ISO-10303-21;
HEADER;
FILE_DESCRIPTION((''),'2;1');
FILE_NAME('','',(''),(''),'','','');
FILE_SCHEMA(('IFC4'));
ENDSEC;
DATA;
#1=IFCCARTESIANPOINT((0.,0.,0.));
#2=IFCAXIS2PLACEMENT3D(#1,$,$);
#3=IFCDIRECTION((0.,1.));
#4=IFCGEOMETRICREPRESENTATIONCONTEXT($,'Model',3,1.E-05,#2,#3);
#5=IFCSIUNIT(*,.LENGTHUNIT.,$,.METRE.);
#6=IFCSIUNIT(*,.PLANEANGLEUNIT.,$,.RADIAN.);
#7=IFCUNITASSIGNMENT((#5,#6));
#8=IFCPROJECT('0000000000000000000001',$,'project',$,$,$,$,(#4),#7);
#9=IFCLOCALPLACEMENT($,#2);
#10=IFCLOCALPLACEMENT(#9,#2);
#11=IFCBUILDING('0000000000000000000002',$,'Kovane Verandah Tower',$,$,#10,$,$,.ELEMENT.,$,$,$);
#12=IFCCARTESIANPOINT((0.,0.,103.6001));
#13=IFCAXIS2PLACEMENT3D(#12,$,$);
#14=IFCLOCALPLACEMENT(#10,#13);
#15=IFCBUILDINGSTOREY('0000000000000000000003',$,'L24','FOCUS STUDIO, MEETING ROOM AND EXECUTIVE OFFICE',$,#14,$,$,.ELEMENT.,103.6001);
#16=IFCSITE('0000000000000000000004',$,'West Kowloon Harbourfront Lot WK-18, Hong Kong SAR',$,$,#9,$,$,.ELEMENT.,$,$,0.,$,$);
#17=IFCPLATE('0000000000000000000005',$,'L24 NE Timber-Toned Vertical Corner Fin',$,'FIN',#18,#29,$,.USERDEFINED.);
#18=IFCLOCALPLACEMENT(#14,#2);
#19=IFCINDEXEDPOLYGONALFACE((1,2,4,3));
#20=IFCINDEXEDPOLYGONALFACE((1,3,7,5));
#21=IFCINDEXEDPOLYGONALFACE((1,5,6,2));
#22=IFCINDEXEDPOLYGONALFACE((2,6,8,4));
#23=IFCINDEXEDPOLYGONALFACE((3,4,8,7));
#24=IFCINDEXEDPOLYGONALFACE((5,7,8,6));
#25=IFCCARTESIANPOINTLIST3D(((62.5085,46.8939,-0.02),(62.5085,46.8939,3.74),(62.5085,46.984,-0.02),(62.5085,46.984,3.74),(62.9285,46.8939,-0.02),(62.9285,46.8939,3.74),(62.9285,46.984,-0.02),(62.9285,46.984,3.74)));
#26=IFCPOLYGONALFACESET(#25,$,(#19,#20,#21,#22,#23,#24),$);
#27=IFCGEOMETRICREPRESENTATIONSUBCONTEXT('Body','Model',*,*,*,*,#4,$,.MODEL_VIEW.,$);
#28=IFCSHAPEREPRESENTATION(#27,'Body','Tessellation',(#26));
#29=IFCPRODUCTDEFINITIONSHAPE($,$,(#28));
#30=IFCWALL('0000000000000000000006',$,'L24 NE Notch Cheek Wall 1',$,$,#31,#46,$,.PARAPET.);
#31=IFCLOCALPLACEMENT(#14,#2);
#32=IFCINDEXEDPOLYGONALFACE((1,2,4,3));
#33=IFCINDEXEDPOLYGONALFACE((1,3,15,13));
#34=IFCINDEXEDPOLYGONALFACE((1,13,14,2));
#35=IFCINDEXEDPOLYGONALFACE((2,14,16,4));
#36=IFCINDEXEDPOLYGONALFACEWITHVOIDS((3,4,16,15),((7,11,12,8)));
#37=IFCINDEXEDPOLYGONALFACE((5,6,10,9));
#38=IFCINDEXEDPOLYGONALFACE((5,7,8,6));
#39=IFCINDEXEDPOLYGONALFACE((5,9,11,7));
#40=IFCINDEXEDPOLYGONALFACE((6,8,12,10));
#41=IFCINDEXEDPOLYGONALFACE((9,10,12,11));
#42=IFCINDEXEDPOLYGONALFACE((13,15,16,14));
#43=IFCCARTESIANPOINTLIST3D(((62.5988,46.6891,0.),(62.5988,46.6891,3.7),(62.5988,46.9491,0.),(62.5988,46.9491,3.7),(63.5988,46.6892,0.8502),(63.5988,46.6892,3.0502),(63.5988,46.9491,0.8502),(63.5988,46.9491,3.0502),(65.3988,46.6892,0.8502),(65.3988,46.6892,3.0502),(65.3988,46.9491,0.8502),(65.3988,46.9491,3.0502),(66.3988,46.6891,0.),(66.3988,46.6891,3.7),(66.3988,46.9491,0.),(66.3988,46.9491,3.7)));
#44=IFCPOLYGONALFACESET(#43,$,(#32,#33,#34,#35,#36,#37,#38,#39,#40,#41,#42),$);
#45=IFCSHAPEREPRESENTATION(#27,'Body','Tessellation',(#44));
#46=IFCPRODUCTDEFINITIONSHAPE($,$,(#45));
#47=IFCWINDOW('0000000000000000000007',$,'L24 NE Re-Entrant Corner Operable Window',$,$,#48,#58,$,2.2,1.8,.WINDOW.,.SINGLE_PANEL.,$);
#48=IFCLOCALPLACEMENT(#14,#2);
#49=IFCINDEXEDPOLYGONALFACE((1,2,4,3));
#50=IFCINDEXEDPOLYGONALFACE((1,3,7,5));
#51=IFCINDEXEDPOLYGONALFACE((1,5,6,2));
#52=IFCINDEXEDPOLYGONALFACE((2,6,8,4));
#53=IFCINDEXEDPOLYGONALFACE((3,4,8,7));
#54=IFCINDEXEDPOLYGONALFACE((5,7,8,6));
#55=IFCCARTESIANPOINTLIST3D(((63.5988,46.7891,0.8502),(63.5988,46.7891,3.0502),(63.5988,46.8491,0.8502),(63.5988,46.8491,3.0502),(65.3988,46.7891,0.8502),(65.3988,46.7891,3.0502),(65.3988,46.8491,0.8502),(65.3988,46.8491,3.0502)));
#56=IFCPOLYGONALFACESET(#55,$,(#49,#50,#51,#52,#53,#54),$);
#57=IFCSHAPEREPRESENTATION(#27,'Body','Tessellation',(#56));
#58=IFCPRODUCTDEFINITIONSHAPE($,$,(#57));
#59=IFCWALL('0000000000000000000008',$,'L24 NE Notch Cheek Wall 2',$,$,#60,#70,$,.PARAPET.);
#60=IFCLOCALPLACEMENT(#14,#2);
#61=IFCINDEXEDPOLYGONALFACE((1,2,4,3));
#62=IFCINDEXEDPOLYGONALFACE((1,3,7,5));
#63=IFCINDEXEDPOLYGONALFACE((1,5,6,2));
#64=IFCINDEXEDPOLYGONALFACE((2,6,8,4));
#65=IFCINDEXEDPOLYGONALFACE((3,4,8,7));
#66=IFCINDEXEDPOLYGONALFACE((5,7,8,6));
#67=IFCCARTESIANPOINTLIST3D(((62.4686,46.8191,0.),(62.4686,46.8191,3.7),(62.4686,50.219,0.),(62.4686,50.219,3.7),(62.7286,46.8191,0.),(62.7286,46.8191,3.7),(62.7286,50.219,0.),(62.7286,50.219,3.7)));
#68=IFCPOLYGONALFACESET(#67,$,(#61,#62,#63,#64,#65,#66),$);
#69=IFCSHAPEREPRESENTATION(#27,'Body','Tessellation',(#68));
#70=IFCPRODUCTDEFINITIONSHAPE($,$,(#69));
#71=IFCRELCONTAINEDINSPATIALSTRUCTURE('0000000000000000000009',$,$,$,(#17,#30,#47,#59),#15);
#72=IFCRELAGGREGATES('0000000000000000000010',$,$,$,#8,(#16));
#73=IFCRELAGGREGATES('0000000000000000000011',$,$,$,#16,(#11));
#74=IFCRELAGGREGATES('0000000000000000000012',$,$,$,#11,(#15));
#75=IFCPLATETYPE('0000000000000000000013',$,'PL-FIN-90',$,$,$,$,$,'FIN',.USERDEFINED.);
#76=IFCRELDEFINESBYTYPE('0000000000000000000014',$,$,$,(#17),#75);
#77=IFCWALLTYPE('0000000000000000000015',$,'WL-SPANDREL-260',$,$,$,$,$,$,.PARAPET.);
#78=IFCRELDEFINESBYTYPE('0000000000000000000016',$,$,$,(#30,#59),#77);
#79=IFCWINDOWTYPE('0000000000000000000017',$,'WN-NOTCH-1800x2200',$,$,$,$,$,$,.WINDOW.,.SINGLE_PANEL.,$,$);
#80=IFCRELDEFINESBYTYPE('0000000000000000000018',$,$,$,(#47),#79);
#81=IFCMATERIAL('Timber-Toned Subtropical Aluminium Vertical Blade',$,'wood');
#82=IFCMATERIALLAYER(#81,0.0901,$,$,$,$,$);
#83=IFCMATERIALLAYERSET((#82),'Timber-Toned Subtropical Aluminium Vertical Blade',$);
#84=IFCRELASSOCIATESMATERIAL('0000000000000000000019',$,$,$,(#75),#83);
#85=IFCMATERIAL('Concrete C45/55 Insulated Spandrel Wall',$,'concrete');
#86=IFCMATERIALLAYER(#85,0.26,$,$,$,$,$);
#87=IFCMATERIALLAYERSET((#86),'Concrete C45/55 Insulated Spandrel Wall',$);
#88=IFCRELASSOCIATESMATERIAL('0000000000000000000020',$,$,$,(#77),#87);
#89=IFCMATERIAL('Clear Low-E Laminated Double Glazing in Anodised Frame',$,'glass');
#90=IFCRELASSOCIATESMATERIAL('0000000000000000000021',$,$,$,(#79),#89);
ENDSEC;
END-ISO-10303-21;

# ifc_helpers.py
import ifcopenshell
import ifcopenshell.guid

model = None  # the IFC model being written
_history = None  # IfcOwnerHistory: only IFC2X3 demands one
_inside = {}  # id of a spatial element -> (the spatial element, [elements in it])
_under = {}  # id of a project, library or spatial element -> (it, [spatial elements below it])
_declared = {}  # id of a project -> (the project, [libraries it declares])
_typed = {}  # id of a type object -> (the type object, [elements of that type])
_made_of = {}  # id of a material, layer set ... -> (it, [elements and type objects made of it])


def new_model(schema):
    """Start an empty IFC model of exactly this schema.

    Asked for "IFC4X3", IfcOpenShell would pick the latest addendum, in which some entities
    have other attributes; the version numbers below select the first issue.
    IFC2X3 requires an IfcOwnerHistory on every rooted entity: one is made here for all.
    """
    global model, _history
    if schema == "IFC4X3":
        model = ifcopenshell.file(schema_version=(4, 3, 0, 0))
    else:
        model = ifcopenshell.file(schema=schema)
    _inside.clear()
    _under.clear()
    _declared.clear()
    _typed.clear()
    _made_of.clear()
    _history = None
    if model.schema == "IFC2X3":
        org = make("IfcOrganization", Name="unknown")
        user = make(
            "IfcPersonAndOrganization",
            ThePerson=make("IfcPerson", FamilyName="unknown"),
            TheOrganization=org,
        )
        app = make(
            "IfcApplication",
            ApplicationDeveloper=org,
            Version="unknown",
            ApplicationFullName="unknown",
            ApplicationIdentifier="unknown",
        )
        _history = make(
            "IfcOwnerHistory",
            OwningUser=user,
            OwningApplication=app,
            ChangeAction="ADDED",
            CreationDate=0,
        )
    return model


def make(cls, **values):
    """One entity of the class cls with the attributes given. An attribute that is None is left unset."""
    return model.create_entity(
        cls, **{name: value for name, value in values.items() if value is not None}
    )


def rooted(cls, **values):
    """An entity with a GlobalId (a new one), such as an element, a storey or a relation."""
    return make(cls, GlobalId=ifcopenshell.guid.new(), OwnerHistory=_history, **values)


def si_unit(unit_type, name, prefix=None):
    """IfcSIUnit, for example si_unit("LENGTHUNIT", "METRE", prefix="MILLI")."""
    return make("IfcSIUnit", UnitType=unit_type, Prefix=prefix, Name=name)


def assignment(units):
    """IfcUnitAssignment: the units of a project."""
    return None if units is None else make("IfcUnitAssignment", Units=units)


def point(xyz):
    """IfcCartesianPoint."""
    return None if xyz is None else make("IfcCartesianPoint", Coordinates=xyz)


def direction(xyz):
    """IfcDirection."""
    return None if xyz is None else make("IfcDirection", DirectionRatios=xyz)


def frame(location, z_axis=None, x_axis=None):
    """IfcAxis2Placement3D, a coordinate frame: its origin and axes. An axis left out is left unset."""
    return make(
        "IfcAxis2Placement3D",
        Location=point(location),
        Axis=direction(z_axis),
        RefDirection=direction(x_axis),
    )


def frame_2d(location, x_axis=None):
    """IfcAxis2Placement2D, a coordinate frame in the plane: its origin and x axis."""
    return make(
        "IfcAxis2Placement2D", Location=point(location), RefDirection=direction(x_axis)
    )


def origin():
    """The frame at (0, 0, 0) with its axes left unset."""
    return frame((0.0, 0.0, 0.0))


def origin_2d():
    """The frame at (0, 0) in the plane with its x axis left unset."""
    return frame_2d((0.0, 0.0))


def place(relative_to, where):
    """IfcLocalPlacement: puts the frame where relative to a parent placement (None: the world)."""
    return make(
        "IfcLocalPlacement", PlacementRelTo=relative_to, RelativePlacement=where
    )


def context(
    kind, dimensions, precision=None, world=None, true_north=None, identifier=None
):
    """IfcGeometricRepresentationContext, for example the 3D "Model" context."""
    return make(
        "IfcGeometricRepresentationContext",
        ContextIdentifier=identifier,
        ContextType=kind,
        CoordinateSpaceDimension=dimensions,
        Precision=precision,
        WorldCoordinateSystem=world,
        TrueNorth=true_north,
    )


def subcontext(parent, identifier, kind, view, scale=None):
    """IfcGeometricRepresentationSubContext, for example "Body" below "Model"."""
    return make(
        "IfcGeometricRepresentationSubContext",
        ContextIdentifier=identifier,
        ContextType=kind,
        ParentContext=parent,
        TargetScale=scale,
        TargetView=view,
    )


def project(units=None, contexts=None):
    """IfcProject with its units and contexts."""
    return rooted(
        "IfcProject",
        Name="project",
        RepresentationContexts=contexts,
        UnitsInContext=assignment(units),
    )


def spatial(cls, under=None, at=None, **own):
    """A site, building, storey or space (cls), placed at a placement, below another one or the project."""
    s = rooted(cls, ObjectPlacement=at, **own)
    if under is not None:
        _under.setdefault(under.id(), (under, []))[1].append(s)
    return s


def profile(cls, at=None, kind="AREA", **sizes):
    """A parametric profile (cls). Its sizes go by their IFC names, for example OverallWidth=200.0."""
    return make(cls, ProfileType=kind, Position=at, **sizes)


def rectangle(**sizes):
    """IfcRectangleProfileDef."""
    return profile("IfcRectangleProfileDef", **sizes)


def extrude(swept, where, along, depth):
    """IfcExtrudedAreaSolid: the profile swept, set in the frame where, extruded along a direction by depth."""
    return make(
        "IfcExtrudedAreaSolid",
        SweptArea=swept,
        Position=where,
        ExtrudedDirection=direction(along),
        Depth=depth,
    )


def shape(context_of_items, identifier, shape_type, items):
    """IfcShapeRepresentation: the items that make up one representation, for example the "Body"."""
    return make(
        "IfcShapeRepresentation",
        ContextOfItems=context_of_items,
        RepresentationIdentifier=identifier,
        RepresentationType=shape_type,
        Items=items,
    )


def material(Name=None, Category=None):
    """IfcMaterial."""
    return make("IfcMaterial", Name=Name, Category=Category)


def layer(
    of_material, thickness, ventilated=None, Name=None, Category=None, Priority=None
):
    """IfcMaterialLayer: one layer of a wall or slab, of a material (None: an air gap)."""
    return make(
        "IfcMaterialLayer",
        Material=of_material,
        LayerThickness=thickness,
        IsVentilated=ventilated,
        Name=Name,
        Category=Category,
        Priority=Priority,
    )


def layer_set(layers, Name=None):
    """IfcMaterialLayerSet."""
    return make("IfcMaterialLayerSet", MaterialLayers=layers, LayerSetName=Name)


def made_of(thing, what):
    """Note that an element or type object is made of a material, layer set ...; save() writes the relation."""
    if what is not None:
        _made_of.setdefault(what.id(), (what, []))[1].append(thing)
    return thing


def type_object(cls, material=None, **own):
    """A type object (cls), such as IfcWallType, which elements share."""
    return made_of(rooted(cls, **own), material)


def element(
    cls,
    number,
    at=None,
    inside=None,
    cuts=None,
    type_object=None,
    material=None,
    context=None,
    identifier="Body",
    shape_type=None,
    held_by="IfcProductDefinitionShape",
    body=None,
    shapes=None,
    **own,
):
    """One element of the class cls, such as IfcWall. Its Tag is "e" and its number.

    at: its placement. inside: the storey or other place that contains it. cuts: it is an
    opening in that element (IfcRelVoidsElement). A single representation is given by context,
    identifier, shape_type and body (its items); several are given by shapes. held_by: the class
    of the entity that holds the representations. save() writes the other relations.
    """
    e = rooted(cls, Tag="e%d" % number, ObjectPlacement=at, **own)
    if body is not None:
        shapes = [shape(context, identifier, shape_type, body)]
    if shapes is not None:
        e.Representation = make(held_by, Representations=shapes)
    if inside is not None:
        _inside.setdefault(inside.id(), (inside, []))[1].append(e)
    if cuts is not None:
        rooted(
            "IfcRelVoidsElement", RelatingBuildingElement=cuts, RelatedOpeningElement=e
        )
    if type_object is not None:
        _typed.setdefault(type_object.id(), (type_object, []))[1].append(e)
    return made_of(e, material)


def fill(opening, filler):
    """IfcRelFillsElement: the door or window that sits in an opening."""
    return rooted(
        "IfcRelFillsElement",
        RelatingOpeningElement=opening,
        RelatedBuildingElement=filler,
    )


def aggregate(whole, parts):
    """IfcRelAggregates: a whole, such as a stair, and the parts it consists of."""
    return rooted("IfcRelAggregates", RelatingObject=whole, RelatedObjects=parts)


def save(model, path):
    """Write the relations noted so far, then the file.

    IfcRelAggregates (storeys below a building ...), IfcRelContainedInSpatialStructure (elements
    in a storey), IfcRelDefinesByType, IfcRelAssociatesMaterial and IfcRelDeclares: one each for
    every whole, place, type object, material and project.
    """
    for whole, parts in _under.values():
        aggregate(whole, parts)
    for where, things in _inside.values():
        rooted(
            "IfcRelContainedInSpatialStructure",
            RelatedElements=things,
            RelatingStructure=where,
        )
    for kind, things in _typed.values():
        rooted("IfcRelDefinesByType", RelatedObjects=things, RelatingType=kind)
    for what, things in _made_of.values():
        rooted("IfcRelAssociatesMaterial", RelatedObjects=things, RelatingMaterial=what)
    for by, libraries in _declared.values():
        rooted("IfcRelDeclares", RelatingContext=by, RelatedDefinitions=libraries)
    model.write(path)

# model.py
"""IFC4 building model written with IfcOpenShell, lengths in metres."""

from ifc_helpers import new_model, si_unit, direction, frame, frame_2d, origin, origin_2d, place, context, subcontext, project, spatial, rectangle, extrude, material, layer, layer_set, type_object, element, fill, save


model = new_model("IFC4")

# Units and contexts
model_context = context("Model", 3, precision=1e-05, world=origin(), true_north=direction((0.0, 1.0)))
body_context = subcontext(model_context, "Body", "Model", "MODEL_VIEW")
ifc_project = project(units=[si_unit("LENGTHUNIT", "METRE"), si_unit("PLANEANGLEUNIT", "RADIAN")], contexts=[model_context])

# Site, building, storey
site_placement = place(None, origin())
site = spatial("IfcSite", under=ifc_project, at=site_placement, Name="West Kowloon Harbourfront Lot WK-18, Hong Kong SAR", CompositionType="ELEMENT", RefElevation=0.0)
building_placement = place(site_placement, origin())
building = spatial("IfcBuilding", under=site, at=building_placement, Name="Kovane Verandah Tower", CompositionType="ELEMENT")
storey_placement = place(building_placement, frame((0.0, 0.0, 103.6001)))
storey = spatial("IfcBuildingStorey", under=building, at=storey_placement, Name="L24", Description="FOCUS STUDIO, MEETING ROOM AND EXECUTIVE OFFICE", CompositionType="ELEMENT", Elevation=103.6001)

# Plate
ifc_material_1 = material(Name="Timber-Toned Subtropical Aluminium Vertical Blade", Category="wood")
ifc_layer_1 = layer(ifc_material_1, 0.0901)
ifc_layer_set_1 = layer_set([ifc_layer_1], Name="Timber-Toned Subtropical Aluminium Vertical Blade")
plate_type_1 = type_object("IfcPlateType", Name="PL-FIN-90", ElementType="FIN", PredefinedType="USERDEFINED", material=ifc_layer_set_1)
plate_1_placement = place(storey_placement, frame((62.7185, 46.939, -0.02), z_axis=(0.0, 0.0, 1.0), x_axis=(1.0, 0.0, 0.0)))
element("IfcPlate", 1, at=plate_1_placement, inside=storey, type_object=plate_type_1, Name="L24 NE Timber-Toned Vertical Corner Fin", ObjectType="FIN", PredefinedType="USERDEFINED", context=body_context, shape_type="SweptSolid", body=[
    extrude(rectangle(XDim=0.4199, YDim=0.0901, at=origin_2d()), origin(), (0.0, 0.0, 1.0), 3.76),
])

# Wall, opening, window
ifc_material_2 = material(Name="Concrete C45/55 Insulated Spandrel Wall", Category="concrete")
ifc_layer_2 = layer(ifc_material_2, 0.26)
ifc_layer_set_2 = layer_set([ifc_layer_2], Name="Concrete C45/55 Insulated Spandrel Wall")
wall_type = type_object("IfcWallType", Name="WL-SPANDREL-260", PredefinedType="PARAPET", material=ifc_layer_set_2)
wall_1_placement = place(storey_placement, frame((66.3987, 46.8191, 0.0), z_axis=(0.0, 0.0, 1.0), x_axis=(-1.0, 0.0, 0.0)))
wall_1 = element("IfcWall", 2, at=wall_1_placement, inside=storey, type_object=wall_type, Name="L24 NE Notch Cheek Wall 1", PredefinedType="PARAPET", context=body_context, shape_type="SweptSolid", body=[
    extrude(rectangle(XDim=3.8, YDim=0.26, at=frame_2d((1.8999, 0.0))), origin(), (0.0, 0.0, 1.0), 3.7),
])
opening_placement = place(wall_1_placement, frame((1.0, 0.0, 0.8501)))
opening = element("IfcOpeningElement", 3, at=opening_placement, cuts=wall_1, PredefinedType="OPENING", context=body_context, shape_type="SweptSolid", body=[
    extrude(rectangle(XDim=1.8, YDim=2.2, at=frame_2d((0.8999, 1.1001))), frame((0.0, 0.1299, 0.0), z_axis=(0.0, -1.0, 0.0), x_axis=(1.0, 0.0, 0.0)), (0.0, 0.0, 1.0), 0.26),
])
ifc_material_3 = material(Name="Clear Low-E Laminated Double Glazing in Anodised Frame", Category="glass")
window_type = type_object("IfcWindowType", Name="WN-NOTCH-1800x2200", PartitioningType="SINGLE_PANEL", PredefinedType="WINDOW", material=ifc_material_3)
window_placement = place(opening_placement, origin())
window = element("IfcWindow", 4, at=window_placement, inside=storey, type_object=window_type, Name="L24 NE Re-Entrant Corner Operable Window", OverallHeight=2.2, OverallWidth=1.8, PartitioningType="SINGLE_PANEL", PredefinedType="WINDOW", context=body_context, shape_type="SweptSolid", body=[
    extrude(rectangle(XDim=1.8, YDim=2.2, at=frame_2d((0.8999, 1.1001))), frame((0.0, 0.03, 0.0), z_axis=(0.0, -1.0, 0.0), x_axis=(1.0, 0.0, 0.0)), (0.0, 0.0, 1.0), 0.0601),
])
fill(opening, window)

# Wall
wall_2_placement = place(storey_placement, frame((62.5986, 46.8191, 0.0), z_axis=(0.0, 0.0, 1.0), x_axis=(0.0, 1.0, 0.0)))
element("IfcWall", 5, at=wall_2_placement, inside=storey, type_object=wall_type, Name="L24 NE Notch Cheek Wall 2", PredefinedType="PARAPET", context=body_context, shape_type="SweptSolid", body=[
    extrude(rectangle(XDim=3.3999, YDim=0.26, at=frame_2d((1.7, 0.0))), origin(), (0.0, 0.0, 1.0), 3.7),
])

save(model, "model.ifc")
